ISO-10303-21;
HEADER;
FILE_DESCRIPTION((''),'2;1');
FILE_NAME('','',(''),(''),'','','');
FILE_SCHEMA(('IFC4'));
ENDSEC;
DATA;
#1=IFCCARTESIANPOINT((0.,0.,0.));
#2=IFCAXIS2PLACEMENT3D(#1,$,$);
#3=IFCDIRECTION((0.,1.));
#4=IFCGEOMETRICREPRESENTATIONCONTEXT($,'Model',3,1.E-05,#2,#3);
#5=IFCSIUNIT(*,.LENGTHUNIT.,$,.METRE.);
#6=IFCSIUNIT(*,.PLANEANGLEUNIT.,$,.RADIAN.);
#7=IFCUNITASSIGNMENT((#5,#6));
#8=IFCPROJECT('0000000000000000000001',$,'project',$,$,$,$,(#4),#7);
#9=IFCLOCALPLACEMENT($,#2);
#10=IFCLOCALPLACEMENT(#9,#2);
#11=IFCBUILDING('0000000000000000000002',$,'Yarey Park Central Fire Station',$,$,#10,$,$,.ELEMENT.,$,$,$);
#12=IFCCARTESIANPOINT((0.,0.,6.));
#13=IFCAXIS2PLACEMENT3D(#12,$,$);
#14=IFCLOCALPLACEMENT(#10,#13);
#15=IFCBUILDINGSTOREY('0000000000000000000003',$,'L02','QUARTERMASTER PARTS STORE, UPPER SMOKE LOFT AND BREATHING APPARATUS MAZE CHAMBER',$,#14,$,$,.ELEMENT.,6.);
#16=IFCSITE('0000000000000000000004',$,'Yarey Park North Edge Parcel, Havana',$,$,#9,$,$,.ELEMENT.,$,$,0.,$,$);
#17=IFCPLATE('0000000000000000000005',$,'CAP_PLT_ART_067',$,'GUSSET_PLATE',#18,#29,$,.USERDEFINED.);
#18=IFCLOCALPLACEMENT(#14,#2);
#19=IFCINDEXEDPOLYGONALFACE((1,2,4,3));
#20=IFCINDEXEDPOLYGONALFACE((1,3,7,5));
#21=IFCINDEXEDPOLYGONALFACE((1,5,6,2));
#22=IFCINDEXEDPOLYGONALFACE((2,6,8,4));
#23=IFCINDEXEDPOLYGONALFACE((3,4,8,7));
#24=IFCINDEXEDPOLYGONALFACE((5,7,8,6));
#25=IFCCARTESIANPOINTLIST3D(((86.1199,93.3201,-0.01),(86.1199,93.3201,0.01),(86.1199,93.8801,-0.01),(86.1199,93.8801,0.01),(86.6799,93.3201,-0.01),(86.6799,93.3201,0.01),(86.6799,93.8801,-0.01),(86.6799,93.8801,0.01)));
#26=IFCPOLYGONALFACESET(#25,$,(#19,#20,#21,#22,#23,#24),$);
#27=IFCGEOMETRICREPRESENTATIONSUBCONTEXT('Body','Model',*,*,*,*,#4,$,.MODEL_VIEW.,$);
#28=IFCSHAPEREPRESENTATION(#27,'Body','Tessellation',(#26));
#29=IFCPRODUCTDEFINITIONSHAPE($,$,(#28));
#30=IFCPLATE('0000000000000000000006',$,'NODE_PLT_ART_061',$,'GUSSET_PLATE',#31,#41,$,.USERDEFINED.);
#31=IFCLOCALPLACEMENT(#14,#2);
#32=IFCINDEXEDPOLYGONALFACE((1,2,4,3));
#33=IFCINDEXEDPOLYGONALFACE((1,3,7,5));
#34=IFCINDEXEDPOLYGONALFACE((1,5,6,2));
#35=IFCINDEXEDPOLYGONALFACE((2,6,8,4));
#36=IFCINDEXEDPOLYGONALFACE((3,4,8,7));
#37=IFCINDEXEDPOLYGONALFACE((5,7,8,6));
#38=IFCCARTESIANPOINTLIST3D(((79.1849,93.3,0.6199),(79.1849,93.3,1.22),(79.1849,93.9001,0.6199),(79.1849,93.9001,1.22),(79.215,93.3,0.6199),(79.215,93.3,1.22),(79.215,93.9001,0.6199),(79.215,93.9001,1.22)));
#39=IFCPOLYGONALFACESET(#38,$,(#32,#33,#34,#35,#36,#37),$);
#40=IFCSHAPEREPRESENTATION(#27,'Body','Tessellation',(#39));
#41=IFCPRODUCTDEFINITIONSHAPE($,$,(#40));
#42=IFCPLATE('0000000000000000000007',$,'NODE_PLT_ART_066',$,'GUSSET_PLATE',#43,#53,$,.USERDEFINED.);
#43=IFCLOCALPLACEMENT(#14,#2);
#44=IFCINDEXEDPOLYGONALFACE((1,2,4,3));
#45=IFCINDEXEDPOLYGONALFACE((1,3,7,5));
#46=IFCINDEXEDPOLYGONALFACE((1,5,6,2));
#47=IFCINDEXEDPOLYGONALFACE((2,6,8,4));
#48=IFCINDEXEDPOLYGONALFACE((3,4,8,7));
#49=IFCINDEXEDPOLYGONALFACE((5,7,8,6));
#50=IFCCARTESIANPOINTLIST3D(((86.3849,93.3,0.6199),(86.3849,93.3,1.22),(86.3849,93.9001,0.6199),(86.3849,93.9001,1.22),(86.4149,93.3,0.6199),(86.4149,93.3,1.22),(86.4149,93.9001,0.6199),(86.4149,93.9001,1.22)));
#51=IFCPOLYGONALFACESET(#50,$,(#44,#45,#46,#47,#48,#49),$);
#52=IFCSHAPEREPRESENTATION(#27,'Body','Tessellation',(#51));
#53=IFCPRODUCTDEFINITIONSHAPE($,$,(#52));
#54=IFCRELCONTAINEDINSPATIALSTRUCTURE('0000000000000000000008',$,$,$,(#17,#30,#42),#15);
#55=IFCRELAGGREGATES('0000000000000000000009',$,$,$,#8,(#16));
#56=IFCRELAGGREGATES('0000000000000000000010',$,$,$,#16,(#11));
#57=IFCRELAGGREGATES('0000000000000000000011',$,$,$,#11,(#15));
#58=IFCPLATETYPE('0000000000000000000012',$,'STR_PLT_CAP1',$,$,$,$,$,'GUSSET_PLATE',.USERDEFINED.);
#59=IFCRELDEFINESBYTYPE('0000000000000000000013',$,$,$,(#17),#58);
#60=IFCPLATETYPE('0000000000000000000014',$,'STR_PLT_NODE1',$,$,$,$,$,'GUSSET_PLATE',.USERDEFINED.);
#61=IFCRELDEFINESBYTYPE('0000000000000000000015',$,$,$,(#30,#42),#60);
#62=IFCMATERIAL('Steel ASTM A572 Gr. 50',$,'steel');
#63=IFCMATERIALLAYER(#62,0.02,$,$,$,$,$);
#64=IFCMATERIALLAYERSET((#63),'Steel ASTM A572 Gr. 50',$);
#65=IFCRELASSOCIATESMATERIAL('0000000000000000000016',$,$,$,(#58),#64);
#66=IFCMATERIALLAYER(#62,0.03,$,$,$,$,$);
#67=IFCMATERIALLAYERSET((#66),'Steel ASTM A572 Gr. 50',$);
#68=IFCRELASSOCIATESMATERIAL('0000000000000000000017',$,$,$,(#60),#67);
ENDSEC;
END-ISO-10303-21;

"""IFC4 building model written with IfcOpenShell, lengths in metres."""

from ifc_helpers import new_model, si_unit, direction, frame, origin, origin_2d, place, context, subcontext, project, spatial, rectangle, extrude, material, layer, layer_set, type_object, element, save


model = new_model("IFC4")

# Units and contexts
model_context = context("Model", 3, precision=1e-05, world=origin(), true_north=direction((0.0, 1.0)))
body_context = subcontext(model_context, "Body", "Model", "MODEL_VIEW")
ifc_project = project(units=[si_unit("LENGTHUNIT", "METRE"), si_unit("PLANEANGLEUNIT", "RADIAN")], contexts=[model_context])

# Site, building, storey
site_placement = place(None, origin())
site = spatial("IfcSite", under=ifc_project, at=site_placement, Name="Yarey Park North Edge Parcel, Havana", CompositionType="ELEMENT", RefElevation=0.0)
building_placement = place(site_placement, origin())
building = spatial("IfcBuilding", under=site, at=building_placement, Name="Yarey Park Central Fire Station", CompositionType="ELEMENT")
storey_placement = place(building_placement, frame((0.0, 0.0, 6.0)))
storey = spatial("IfcBuildingStorey", under=building, at=storey_placement, Name="L02", Description="QUARTERMASTER PARTS STORE, UPPER SMOKE LOFT AND BREATHING APPARATUS MAZE CHAMBER", CompositionType="ELEMENT", Elevation=6.0)

# Plates
ifc_material_1 = material(Name="Steel ASTM A572 Gr. 50", Category="steel")
ifc_layer_1 = layer(ifc_material_1, 0.02)
ifc_layer_set_1 = layer_set([ifc_layer_1], Name="Steel ASTM A572 Gr. 50")
plate_type_1 = type_object("IfcPlateType", Name="STR_PLT_CAP1", ElementType="GUSSET_PLATE", PredefinedType="USERDEFINED", material=ifc_layer_set_1)
for number, where, z_axis, x_axis, name in (
    (1, (86.3999, 93.6001, -0.01), (0.0, 0.0, 1.0), (1.0, 0.0, 0.0), "CAP_PLT_ART_067"),
):
    element("IfcPlate", number, at=place(storey_placement, frame(where, z_axis=z_axis, x_axis=x_axis)), inside=storey, type_object=plate_type_1, Name=name, ObjectType="GUSSET_PLATE", PredefinedType="USERDEFINED", context=body_context, shape_type="SweptSolid", body=[
        extrude(rectangle(XDim=0.5601, YDim=0.5601, at=origin_2d()), origin(), (0.0, 0.0, 1.0), 0.02),
    ])
ifc_layer_2 = layer(ifc_material_1, 0.03)
ifc_layer_set_2 = layer_set([ifc_layer_2], Name="Steel ASTM A572 Gr. 50")
plate_type_2 = type_object("IfcPlateType", Name="STR_PLT_NODE1", ElementType="GUSSET_PLATE", PredefinedType="USERDEFINED", material=ifc_layer_set_2)
for number, where, z_axis, x_axis, name in (
    (2, (79.2, 93.6001, 0.6199), (0.0, 0.0, 1.0), (1.0, 0.0, 0.0), "NODE_PLT_ART_061"),
    (3, (86.3999, 93.6001, 0.6199), (0.0, 0.0, 1.0), (1.0, 0.0, 0.0), "NODE_PLT_ART_066"),
):
    element("IfcPlate", number, at=place(storey_placement, frame(where, z_axis=z_axis, x_axis=x_axis)), inside=storey, type_object=plate_type_2, Name=name, ObjectType="GUSSET_PLATE", PredefinedType="USERDEFINED", context=body_context, shape_type="SweptSolid", body=[
        extrude(rectangle(XDim=0.03, YDim=0.6001, at=origin_2d()), origin(), (0.0, 0.0, 1.0), 0.6001),
    ])

save(model, "model.ifc")
